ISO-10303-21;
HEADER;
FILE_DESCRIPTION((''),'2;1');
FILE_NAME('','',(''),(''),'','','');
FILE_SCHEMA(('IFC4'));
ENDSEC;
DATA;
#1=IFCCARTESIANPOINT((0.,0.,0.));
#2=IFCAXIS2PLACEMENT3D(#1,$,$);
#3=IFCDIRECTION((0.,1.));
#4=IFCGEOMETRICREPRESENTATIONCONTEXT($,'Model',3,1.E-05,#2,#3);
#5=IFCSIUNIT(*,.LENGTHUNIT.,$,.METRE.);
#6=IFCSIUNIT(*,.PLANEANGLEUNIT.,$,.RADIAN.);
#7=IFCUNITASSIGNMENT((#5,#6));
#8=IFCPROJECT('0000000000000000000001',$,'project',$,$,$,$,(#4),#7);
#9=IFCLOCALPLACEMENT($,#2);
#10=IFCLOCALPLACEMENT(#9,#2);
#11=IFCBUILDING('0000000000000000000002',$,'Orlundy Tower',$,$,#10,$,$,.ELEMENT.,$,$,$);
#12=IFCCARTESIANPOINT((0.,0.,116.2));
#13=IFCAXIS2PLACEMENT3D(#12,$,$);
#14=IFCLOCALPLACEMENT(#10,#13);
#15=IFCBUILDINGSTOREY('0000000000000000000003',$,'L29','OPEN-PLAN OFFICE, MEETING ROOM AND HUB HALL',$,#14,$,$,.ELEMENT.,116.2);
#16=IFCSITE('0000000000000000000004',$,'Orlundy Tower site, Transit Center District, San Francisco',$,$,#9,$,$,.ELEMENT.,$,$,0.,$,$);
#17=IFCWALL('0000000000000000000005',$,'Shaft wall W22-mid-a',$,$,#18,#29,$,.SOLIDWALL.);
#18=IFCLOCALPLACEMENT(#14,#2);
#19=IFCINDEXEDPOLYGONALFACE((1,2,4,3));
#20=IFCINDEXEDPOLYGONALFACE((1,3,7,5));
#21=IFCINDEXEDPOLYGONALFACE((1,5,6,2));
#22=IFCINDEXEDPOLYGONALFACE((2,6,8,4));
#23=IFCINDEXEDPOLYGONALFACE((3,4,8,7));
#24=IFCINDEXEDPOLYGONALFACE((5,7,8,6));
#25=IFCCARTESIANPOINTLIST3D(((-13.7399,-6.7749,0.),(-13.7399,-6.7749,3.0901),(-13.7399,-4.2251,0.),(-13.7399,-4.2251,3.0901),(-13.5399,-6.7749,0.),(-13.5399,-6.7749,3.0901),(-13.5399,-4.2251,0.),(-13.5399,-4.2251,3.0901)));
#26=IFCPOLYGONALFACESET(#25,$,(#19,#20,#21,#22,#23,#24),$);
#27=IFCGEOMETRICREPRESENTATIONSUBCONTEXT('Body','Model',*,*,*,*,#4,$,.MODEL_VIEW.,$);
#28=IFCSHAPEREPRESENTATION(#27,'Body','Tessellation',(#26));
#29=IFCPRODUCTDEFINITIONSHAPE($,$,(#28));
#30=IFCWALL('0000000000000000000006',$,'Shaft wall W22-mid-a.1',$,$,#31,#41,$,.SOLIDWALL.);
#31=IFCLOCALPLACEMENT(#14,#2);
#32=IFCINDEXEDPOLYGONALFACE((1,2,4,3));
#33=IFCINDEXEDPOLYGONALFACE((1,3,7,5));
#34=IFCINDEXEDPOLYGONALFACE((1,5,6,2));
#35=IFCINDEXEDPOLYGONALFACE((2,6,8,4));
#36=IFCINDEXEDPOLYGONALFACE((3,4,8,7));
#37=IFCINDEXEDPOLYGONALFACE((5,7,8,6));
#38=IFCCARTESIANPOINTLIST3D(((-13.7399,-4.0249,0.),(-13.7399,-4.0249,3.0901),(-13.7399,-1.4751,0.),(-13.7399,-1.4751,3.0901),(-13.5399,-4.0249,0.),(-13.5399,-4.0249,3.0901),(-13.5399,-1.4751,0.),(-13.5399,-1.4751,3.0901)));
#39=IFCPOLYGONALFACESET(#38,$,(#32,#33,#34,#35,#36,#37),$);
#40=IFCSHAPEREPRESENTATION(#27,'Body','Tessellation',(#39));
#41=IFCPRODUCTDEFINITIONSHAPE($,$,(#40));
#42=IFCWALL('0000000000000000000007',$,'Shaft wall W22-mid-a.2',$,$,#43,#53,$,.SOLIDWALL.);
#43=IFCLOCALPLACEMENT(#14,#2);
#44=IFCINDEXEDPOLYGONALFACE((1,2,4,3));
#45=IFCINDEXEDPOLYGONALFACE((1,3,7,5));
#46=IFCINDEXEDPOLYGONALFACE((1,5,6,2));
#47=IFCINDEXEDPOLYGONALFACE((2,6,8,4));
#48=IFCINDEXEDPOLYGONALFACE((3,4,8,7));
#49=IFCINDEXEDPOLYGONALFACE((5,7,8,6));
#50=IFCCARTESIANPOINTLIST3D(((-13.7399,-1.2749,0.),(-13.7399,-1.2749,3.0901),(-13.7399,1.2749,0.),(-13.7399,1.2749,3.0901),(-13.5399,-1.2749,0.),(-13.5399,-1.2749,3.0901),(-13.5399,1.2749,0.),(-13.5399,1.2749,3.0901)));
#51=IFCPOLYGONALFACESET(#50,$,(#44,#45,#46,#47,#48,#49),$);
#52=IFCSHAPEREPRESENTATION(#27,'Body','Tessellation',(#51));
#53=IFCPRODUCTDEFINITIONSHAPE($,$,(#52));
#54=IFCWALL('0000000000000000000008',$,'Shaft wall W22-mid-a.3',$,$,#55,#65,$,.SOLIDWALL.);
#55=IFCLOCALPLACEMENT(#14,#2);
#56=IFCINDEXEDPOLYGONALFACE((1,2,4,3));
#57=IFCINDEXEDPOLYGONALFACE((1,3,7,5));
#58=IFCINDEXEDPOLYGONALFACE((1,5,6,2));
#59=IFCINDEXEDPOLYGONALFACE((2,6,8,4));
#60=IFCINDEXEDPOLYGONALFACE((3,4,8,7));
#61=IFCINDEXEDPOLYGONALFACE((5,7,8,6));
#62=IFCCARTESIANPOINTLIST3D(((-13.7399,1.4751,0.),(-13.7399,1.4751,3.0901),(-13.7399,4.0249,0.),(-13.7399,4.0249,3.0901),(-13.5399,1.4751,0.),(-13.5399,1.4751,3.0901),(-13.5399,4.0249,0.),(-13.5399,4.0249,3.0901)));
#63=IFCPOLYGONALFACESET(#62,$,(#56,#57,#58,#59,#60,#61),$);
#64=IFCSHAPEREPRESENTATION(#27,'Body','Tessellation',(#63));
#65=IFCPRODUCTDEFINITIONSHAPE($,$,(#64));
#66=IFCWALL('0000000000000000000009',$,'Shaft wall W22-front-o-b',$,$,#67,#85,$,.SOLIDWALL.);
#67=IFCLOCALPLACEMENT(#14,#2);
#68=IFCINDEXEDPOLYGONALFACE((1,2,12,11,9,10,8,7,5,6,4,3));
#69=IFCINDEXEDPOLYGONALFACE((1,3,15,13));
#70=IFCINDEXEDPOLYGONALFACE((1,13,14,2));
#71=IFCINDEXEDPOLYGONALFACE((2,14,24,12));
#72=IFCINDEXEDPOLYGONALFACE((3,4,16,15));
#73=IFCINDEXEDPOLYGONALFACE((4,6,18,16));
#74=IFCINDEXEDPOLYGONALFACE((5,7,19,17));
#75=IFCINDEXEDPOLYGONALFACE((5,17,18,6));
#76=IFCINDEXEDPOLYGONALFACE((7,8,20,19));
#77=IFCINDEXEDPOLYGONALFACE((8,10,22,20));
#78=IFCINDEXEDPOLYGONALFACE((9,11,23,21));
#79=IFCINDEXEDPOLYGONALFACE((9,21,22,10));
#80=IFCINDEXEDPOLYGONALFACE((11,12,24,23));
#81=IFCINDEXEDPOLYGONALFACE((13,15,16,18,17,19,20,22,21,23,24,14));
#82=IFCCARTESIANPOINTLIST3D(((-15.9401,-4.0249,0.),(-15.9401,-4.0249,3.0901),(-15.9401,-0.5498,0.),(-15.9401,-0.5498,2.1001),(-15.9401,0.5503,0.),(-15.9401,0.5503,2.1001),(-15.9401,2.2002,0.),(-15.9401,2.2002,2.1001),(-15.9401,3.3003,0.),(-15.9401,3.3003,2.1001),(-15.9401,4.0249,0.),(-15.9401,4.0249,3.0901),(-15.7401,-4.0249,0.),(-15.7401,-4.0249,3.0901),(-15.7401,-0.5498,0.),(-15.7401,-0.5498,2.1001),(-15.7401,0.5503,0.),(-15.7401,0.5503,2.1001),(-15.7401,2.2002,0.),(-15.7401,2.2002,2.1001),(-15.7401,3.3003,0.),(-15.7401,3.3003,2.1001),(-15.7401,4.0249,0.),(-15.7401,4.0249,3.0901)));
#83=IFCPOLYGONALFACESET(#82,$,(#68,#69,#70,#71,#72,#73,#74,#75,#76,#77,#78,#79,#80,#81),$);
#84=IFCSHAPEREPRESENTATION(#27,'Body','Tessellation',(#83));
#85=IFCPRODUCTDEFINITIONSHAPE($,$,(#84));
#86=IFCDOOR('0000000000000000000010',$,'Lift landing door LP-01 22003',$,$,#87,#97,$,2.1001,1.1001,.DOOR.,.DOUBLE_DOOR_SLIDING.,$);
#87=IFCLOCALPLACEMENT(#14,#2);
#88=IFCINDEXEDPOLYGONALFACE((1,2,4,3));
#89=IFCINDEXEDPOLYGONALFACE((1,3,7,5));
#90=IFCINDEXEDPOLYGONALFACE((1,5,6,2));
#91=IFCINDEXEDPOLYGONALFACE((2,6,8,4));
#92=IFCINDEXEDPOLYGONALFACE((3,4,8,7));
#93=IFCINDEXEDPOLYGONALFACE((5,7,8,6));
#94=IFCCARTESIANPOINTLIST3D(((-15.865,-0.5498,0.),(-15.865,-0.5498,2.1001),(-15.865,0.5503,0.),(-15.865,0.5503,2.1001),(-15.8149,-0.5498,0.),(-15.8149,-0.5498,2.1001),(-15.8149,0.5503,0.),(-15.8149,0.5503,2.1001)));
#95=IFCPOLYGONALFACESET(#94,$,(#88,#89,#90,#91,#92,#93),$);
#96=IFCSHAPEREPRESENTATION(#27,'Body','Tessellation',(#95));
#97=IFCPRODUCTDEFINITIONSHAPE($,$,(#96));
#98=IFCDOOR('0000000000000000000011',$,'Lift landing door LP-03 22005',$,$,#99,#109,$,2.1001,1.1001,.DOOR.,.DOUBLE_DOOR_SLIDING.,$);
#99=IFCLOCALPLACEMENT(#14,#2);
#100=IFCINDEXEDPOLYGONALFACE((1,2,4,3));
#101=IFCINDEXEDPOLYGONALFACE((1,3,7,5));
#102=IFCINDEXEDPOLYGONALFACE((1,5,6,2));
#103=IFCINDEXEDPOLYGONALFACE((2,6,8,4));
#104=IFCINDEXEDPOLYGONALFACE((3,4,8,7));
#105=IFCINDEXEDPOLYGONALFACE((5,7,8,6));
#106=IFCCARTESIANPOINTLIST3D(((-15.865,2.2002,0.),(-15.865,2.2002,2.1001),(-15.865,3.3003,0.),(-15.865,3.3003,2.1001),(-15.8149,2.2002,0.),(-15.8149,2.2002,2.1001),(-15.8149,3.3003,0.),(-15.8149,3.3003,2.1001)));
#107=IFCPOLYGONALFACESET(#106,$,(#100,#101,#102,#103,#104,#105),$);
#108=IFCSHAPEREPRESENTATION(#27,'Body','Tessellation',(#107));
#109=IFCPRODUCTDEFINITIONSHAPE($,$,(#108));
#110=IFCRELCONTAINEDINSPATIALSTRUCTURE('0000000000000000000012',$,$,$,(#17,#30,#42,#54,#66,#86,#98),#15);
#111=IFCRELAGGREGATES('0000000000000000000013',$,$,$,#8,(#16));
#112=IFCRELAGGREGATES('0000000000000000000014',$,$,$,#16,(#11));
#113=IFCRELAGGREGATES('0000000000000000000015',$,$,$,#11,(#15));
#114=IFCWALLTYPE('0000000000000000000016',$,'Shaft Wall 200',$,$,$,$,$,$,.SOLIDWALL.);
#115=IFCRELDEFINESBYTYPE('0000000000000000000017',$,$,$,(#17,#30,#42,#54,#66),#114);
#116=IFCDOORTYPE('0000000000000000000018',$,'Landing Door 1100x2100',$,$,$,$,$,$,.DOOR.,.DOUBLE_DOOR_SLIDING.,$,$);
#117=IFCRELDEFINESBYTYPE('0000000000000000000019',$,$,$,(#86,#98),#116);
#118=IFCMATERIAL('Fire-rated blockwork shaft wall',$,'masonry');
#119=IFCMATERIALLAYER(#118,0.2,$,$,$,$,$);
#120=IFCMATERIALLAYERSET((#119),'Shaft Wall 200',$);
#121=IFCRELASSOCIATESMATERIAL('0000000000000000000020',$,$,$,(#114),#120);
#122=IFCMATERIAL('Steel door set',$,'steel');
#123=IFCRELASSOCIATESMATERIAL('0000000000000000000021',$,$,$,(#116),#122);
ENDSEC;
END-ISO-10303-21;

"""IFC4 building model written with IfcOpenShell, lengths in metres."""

from ifc_helpers import new_model, si_unit, direction, frame, frame_2d, origin, place, context, subcontext, project, spatial, rectangle, extrude, material, layer, layer_set, type_object, element, fill, save


model = new_model("IFC4")

# Units and contexts
model_context = context("Model", 3, precision=1e-05, world=origin(), true_north=direction((0.0, 1.0)))
body_context = subcontext(model_context, "Body", "Model", "MODEL_VIEW")
ifc_project = project(units=[si_unit("LENGTHUNIT", "METRE"), si_unit("PLANEANGLEUNIT", "RADIAN")], contexts=[model_context])

# Site, building, storey
site_placement = place(None, origin())
site = spatial("IfcSite", under=ifc_project, at=site_placement, Name="Orlundy Tower site, Transit Center District, San Francisco", CompositionType="ELEMENT", RefElevation=0.0)
building_placement = place(site_placement, origin())
building = spatial("IfcBuilding", under=site, at=building_placement, Name="Orlundy Tower", CompositionType="ELEMENT")
storey_placement = place(building_placement, frame((0.0, 0.0, 116.2)))
storey = spatial("IfcBuildingStorey", under=building, at=storey_placement, Name="L29", Description="OPEN-PLAN OFFICE, MEETING ROOM AND HUB HALL", CompositionType="ELEMENT", Elevation=116.2)

# Walls
ifc_material_1 = material(Name="Fire-rated blockwork shaft wall", Category="masonry")
ifc_layer_1 = layer(ifc_material_1, 0.2)
ifc_layer_set_1 = layer_set([ifc_layer_1], Name="Shaft Wall 200")
wall_type_1 = type_object("IfcWallType", Name="Shaft Wall 200", PredefinedType="SOLIDWALL", material=ifc_layer_set_1)
for number, where, z_axis, x_axis, name in (
    (1, (-13.6399, -6.7749, 0.0), (0.0, 0.0, 1.0), (0.0, 1.0, 0.0), "Shaft wall W22-mid-a"),
    (2, (-13.6399, -4.0249, 0.0), (0.0, 0.0, 1.0), (0.0, 1.0, 0.0), "Shaft wall W22-mid-a.1"),
    (3, (-13.6399, -1.2749, 0.0), (0.0, 0.0, 1.0), (0.0, 1.0, 0.0), "Shaft wall W22-mid-a.2"),
    (4, (-13.6399, 1.4751, 0.0), (0.0, 0.0, 1.0), (0.0, 1.0, 0.0), "Shaft wall W22-mid-a.3"),
):
    element("IfcWall", number, at=place(storey_placement, frame(where, z_axis=z_axis, x_axis=x_axis)), inside=storey, type_object=wall_type_1, Name=name, PredefinedType="SOLIDWALL", context=body_context, shape_type="SweptSolid", body=[
        extrude(rectangle(XDim=2.5498, YDim=0.2, at=frame_2d((1.2749, 0.0))), origin(), (0.0, 0.0, 1.0), 3.0901),
    ])

# Wall, openings, doors
wall_1_placement = place(storey_placement, frame((-15.8401, -4.0249, 0.0), z_axis=(0.0, 0.0, 1.0), x_axis=(0.0, 1.0, 0.0)))
wall_1 = element("IfcWall", 5, at=wall_1_placement, inside=storey, type_object=wall_type_1, Name="Shaft wall W22-front-o-b", PredefinedType="SOLIDWALL", context=body_context, shape_type="SweptSolid", body=[
    extrude(rectangle(XDim=8.0498, YDim=0.2, at=frame_2d((4.0249, 0.0))), origin(), (0.0, 0.0, 1.0), 3.0901),
])
opening_1_placement = place(wall_1_placement, frame((3.4751, 0.0, 0.0)))
opening_1 = element("IfcOpeningElement", 6, at=opening_1_placement, cuts=wall_1, PredefinedType="OPENING", context=body_context, shape_type="SweptSolid", body=[
    extrude(rectangle(XDim=1.1001, YDim=2.1001, at=frame_2d((0.55, 1.05))), frame((0.0, 0.1101, 0.0), z_axis=(0.0, -1.0, 0.0), x_axis=(1.0, 0.0, 0.0)), (0.0, 0.0, 1.0), 0.2202),
])
opening_2_placement = place(wall_1_placement, frame((6.2251, 0.0, 0.0)))
opening_2 = element("IfcOpeningElement", 7, at=opening_2_placement, cuts=wall_1, PredefinedType="OPENING", context=body_context, shape_type="SweptSolid", body=[
    extrude(rectangle(XDim=1.1001, YDim=2.1001, at=frame_2d((0.55, 1.05))), frame((0.0, 0.1101, 0.0), z_axis=(0.0, -1.0, 0.0), x_axis=(1.0, 0.0, 0.0)), (0.0, 0.0, 1.0), 0.2202),
])
ifc_material_2 = material(Name="Steel door set", Category="steel")
door_type_1 = type_object("IfcDoorType", Name="Landing Door 1100x2100", OperationType="DOUBLE_DOOR_SLIDING", PredefinedType="DOOR", material=ifc_material_2)
door_1_placement = place(opening_1_placement, origin())
door_1 = element("IfcDoor", 8, at=door_1_placement, inside=storey, type_object=door_type_1, Name="Lift landing door LP-01 22003", OperationType="DOUBLE_DOOR_SLIDING", OverallHeight=2.1001, OverallWidth=1.1001, PredefinedType="DOOR", context=body_context, shape_type="SweptSolid", body=[
    extrude(rectangle(XDim=1.1001, YDim=2.1001, at=frame_2d((0.55, 1.05))), frame((0.0, 0.0249, 0.0), z_axis=(0.0, -1.0, 0.0), x_axis=(1.0, 0.0, 0.0)), (0.0, 0.0, 1.0), 0.05),
])
fill(opening_1, door_1)
door_2_placement = place(opening_2_placement, origin())
door_2 = element("IfcDoor", 9, at=door_2_placement, inside=storey, type_object=door_type_1, Name="Lift landing door LP-03 22005", OperationType="DOUBLE_DOOR_SLIDING", OverallHeight=2.1001, OverallWidth=1.1001, PredefinedType="DOOR", context=body_context, shape_type="SweptSolid", body=[
    extrude(rectangle(XDim=1.1001, YDim=2.1001, at=frame_2d((0.55, 1.05))), frame((0.0, 0.0249, 0.0), z_axis=(0.0, -1.0, 0.0), x_axis=(1.0, 0.0, 0.0)), (0.0, 0.0, 1.0), 0.05),
])
fill(opening_2, door_2)

save(model, "model.ifc")
